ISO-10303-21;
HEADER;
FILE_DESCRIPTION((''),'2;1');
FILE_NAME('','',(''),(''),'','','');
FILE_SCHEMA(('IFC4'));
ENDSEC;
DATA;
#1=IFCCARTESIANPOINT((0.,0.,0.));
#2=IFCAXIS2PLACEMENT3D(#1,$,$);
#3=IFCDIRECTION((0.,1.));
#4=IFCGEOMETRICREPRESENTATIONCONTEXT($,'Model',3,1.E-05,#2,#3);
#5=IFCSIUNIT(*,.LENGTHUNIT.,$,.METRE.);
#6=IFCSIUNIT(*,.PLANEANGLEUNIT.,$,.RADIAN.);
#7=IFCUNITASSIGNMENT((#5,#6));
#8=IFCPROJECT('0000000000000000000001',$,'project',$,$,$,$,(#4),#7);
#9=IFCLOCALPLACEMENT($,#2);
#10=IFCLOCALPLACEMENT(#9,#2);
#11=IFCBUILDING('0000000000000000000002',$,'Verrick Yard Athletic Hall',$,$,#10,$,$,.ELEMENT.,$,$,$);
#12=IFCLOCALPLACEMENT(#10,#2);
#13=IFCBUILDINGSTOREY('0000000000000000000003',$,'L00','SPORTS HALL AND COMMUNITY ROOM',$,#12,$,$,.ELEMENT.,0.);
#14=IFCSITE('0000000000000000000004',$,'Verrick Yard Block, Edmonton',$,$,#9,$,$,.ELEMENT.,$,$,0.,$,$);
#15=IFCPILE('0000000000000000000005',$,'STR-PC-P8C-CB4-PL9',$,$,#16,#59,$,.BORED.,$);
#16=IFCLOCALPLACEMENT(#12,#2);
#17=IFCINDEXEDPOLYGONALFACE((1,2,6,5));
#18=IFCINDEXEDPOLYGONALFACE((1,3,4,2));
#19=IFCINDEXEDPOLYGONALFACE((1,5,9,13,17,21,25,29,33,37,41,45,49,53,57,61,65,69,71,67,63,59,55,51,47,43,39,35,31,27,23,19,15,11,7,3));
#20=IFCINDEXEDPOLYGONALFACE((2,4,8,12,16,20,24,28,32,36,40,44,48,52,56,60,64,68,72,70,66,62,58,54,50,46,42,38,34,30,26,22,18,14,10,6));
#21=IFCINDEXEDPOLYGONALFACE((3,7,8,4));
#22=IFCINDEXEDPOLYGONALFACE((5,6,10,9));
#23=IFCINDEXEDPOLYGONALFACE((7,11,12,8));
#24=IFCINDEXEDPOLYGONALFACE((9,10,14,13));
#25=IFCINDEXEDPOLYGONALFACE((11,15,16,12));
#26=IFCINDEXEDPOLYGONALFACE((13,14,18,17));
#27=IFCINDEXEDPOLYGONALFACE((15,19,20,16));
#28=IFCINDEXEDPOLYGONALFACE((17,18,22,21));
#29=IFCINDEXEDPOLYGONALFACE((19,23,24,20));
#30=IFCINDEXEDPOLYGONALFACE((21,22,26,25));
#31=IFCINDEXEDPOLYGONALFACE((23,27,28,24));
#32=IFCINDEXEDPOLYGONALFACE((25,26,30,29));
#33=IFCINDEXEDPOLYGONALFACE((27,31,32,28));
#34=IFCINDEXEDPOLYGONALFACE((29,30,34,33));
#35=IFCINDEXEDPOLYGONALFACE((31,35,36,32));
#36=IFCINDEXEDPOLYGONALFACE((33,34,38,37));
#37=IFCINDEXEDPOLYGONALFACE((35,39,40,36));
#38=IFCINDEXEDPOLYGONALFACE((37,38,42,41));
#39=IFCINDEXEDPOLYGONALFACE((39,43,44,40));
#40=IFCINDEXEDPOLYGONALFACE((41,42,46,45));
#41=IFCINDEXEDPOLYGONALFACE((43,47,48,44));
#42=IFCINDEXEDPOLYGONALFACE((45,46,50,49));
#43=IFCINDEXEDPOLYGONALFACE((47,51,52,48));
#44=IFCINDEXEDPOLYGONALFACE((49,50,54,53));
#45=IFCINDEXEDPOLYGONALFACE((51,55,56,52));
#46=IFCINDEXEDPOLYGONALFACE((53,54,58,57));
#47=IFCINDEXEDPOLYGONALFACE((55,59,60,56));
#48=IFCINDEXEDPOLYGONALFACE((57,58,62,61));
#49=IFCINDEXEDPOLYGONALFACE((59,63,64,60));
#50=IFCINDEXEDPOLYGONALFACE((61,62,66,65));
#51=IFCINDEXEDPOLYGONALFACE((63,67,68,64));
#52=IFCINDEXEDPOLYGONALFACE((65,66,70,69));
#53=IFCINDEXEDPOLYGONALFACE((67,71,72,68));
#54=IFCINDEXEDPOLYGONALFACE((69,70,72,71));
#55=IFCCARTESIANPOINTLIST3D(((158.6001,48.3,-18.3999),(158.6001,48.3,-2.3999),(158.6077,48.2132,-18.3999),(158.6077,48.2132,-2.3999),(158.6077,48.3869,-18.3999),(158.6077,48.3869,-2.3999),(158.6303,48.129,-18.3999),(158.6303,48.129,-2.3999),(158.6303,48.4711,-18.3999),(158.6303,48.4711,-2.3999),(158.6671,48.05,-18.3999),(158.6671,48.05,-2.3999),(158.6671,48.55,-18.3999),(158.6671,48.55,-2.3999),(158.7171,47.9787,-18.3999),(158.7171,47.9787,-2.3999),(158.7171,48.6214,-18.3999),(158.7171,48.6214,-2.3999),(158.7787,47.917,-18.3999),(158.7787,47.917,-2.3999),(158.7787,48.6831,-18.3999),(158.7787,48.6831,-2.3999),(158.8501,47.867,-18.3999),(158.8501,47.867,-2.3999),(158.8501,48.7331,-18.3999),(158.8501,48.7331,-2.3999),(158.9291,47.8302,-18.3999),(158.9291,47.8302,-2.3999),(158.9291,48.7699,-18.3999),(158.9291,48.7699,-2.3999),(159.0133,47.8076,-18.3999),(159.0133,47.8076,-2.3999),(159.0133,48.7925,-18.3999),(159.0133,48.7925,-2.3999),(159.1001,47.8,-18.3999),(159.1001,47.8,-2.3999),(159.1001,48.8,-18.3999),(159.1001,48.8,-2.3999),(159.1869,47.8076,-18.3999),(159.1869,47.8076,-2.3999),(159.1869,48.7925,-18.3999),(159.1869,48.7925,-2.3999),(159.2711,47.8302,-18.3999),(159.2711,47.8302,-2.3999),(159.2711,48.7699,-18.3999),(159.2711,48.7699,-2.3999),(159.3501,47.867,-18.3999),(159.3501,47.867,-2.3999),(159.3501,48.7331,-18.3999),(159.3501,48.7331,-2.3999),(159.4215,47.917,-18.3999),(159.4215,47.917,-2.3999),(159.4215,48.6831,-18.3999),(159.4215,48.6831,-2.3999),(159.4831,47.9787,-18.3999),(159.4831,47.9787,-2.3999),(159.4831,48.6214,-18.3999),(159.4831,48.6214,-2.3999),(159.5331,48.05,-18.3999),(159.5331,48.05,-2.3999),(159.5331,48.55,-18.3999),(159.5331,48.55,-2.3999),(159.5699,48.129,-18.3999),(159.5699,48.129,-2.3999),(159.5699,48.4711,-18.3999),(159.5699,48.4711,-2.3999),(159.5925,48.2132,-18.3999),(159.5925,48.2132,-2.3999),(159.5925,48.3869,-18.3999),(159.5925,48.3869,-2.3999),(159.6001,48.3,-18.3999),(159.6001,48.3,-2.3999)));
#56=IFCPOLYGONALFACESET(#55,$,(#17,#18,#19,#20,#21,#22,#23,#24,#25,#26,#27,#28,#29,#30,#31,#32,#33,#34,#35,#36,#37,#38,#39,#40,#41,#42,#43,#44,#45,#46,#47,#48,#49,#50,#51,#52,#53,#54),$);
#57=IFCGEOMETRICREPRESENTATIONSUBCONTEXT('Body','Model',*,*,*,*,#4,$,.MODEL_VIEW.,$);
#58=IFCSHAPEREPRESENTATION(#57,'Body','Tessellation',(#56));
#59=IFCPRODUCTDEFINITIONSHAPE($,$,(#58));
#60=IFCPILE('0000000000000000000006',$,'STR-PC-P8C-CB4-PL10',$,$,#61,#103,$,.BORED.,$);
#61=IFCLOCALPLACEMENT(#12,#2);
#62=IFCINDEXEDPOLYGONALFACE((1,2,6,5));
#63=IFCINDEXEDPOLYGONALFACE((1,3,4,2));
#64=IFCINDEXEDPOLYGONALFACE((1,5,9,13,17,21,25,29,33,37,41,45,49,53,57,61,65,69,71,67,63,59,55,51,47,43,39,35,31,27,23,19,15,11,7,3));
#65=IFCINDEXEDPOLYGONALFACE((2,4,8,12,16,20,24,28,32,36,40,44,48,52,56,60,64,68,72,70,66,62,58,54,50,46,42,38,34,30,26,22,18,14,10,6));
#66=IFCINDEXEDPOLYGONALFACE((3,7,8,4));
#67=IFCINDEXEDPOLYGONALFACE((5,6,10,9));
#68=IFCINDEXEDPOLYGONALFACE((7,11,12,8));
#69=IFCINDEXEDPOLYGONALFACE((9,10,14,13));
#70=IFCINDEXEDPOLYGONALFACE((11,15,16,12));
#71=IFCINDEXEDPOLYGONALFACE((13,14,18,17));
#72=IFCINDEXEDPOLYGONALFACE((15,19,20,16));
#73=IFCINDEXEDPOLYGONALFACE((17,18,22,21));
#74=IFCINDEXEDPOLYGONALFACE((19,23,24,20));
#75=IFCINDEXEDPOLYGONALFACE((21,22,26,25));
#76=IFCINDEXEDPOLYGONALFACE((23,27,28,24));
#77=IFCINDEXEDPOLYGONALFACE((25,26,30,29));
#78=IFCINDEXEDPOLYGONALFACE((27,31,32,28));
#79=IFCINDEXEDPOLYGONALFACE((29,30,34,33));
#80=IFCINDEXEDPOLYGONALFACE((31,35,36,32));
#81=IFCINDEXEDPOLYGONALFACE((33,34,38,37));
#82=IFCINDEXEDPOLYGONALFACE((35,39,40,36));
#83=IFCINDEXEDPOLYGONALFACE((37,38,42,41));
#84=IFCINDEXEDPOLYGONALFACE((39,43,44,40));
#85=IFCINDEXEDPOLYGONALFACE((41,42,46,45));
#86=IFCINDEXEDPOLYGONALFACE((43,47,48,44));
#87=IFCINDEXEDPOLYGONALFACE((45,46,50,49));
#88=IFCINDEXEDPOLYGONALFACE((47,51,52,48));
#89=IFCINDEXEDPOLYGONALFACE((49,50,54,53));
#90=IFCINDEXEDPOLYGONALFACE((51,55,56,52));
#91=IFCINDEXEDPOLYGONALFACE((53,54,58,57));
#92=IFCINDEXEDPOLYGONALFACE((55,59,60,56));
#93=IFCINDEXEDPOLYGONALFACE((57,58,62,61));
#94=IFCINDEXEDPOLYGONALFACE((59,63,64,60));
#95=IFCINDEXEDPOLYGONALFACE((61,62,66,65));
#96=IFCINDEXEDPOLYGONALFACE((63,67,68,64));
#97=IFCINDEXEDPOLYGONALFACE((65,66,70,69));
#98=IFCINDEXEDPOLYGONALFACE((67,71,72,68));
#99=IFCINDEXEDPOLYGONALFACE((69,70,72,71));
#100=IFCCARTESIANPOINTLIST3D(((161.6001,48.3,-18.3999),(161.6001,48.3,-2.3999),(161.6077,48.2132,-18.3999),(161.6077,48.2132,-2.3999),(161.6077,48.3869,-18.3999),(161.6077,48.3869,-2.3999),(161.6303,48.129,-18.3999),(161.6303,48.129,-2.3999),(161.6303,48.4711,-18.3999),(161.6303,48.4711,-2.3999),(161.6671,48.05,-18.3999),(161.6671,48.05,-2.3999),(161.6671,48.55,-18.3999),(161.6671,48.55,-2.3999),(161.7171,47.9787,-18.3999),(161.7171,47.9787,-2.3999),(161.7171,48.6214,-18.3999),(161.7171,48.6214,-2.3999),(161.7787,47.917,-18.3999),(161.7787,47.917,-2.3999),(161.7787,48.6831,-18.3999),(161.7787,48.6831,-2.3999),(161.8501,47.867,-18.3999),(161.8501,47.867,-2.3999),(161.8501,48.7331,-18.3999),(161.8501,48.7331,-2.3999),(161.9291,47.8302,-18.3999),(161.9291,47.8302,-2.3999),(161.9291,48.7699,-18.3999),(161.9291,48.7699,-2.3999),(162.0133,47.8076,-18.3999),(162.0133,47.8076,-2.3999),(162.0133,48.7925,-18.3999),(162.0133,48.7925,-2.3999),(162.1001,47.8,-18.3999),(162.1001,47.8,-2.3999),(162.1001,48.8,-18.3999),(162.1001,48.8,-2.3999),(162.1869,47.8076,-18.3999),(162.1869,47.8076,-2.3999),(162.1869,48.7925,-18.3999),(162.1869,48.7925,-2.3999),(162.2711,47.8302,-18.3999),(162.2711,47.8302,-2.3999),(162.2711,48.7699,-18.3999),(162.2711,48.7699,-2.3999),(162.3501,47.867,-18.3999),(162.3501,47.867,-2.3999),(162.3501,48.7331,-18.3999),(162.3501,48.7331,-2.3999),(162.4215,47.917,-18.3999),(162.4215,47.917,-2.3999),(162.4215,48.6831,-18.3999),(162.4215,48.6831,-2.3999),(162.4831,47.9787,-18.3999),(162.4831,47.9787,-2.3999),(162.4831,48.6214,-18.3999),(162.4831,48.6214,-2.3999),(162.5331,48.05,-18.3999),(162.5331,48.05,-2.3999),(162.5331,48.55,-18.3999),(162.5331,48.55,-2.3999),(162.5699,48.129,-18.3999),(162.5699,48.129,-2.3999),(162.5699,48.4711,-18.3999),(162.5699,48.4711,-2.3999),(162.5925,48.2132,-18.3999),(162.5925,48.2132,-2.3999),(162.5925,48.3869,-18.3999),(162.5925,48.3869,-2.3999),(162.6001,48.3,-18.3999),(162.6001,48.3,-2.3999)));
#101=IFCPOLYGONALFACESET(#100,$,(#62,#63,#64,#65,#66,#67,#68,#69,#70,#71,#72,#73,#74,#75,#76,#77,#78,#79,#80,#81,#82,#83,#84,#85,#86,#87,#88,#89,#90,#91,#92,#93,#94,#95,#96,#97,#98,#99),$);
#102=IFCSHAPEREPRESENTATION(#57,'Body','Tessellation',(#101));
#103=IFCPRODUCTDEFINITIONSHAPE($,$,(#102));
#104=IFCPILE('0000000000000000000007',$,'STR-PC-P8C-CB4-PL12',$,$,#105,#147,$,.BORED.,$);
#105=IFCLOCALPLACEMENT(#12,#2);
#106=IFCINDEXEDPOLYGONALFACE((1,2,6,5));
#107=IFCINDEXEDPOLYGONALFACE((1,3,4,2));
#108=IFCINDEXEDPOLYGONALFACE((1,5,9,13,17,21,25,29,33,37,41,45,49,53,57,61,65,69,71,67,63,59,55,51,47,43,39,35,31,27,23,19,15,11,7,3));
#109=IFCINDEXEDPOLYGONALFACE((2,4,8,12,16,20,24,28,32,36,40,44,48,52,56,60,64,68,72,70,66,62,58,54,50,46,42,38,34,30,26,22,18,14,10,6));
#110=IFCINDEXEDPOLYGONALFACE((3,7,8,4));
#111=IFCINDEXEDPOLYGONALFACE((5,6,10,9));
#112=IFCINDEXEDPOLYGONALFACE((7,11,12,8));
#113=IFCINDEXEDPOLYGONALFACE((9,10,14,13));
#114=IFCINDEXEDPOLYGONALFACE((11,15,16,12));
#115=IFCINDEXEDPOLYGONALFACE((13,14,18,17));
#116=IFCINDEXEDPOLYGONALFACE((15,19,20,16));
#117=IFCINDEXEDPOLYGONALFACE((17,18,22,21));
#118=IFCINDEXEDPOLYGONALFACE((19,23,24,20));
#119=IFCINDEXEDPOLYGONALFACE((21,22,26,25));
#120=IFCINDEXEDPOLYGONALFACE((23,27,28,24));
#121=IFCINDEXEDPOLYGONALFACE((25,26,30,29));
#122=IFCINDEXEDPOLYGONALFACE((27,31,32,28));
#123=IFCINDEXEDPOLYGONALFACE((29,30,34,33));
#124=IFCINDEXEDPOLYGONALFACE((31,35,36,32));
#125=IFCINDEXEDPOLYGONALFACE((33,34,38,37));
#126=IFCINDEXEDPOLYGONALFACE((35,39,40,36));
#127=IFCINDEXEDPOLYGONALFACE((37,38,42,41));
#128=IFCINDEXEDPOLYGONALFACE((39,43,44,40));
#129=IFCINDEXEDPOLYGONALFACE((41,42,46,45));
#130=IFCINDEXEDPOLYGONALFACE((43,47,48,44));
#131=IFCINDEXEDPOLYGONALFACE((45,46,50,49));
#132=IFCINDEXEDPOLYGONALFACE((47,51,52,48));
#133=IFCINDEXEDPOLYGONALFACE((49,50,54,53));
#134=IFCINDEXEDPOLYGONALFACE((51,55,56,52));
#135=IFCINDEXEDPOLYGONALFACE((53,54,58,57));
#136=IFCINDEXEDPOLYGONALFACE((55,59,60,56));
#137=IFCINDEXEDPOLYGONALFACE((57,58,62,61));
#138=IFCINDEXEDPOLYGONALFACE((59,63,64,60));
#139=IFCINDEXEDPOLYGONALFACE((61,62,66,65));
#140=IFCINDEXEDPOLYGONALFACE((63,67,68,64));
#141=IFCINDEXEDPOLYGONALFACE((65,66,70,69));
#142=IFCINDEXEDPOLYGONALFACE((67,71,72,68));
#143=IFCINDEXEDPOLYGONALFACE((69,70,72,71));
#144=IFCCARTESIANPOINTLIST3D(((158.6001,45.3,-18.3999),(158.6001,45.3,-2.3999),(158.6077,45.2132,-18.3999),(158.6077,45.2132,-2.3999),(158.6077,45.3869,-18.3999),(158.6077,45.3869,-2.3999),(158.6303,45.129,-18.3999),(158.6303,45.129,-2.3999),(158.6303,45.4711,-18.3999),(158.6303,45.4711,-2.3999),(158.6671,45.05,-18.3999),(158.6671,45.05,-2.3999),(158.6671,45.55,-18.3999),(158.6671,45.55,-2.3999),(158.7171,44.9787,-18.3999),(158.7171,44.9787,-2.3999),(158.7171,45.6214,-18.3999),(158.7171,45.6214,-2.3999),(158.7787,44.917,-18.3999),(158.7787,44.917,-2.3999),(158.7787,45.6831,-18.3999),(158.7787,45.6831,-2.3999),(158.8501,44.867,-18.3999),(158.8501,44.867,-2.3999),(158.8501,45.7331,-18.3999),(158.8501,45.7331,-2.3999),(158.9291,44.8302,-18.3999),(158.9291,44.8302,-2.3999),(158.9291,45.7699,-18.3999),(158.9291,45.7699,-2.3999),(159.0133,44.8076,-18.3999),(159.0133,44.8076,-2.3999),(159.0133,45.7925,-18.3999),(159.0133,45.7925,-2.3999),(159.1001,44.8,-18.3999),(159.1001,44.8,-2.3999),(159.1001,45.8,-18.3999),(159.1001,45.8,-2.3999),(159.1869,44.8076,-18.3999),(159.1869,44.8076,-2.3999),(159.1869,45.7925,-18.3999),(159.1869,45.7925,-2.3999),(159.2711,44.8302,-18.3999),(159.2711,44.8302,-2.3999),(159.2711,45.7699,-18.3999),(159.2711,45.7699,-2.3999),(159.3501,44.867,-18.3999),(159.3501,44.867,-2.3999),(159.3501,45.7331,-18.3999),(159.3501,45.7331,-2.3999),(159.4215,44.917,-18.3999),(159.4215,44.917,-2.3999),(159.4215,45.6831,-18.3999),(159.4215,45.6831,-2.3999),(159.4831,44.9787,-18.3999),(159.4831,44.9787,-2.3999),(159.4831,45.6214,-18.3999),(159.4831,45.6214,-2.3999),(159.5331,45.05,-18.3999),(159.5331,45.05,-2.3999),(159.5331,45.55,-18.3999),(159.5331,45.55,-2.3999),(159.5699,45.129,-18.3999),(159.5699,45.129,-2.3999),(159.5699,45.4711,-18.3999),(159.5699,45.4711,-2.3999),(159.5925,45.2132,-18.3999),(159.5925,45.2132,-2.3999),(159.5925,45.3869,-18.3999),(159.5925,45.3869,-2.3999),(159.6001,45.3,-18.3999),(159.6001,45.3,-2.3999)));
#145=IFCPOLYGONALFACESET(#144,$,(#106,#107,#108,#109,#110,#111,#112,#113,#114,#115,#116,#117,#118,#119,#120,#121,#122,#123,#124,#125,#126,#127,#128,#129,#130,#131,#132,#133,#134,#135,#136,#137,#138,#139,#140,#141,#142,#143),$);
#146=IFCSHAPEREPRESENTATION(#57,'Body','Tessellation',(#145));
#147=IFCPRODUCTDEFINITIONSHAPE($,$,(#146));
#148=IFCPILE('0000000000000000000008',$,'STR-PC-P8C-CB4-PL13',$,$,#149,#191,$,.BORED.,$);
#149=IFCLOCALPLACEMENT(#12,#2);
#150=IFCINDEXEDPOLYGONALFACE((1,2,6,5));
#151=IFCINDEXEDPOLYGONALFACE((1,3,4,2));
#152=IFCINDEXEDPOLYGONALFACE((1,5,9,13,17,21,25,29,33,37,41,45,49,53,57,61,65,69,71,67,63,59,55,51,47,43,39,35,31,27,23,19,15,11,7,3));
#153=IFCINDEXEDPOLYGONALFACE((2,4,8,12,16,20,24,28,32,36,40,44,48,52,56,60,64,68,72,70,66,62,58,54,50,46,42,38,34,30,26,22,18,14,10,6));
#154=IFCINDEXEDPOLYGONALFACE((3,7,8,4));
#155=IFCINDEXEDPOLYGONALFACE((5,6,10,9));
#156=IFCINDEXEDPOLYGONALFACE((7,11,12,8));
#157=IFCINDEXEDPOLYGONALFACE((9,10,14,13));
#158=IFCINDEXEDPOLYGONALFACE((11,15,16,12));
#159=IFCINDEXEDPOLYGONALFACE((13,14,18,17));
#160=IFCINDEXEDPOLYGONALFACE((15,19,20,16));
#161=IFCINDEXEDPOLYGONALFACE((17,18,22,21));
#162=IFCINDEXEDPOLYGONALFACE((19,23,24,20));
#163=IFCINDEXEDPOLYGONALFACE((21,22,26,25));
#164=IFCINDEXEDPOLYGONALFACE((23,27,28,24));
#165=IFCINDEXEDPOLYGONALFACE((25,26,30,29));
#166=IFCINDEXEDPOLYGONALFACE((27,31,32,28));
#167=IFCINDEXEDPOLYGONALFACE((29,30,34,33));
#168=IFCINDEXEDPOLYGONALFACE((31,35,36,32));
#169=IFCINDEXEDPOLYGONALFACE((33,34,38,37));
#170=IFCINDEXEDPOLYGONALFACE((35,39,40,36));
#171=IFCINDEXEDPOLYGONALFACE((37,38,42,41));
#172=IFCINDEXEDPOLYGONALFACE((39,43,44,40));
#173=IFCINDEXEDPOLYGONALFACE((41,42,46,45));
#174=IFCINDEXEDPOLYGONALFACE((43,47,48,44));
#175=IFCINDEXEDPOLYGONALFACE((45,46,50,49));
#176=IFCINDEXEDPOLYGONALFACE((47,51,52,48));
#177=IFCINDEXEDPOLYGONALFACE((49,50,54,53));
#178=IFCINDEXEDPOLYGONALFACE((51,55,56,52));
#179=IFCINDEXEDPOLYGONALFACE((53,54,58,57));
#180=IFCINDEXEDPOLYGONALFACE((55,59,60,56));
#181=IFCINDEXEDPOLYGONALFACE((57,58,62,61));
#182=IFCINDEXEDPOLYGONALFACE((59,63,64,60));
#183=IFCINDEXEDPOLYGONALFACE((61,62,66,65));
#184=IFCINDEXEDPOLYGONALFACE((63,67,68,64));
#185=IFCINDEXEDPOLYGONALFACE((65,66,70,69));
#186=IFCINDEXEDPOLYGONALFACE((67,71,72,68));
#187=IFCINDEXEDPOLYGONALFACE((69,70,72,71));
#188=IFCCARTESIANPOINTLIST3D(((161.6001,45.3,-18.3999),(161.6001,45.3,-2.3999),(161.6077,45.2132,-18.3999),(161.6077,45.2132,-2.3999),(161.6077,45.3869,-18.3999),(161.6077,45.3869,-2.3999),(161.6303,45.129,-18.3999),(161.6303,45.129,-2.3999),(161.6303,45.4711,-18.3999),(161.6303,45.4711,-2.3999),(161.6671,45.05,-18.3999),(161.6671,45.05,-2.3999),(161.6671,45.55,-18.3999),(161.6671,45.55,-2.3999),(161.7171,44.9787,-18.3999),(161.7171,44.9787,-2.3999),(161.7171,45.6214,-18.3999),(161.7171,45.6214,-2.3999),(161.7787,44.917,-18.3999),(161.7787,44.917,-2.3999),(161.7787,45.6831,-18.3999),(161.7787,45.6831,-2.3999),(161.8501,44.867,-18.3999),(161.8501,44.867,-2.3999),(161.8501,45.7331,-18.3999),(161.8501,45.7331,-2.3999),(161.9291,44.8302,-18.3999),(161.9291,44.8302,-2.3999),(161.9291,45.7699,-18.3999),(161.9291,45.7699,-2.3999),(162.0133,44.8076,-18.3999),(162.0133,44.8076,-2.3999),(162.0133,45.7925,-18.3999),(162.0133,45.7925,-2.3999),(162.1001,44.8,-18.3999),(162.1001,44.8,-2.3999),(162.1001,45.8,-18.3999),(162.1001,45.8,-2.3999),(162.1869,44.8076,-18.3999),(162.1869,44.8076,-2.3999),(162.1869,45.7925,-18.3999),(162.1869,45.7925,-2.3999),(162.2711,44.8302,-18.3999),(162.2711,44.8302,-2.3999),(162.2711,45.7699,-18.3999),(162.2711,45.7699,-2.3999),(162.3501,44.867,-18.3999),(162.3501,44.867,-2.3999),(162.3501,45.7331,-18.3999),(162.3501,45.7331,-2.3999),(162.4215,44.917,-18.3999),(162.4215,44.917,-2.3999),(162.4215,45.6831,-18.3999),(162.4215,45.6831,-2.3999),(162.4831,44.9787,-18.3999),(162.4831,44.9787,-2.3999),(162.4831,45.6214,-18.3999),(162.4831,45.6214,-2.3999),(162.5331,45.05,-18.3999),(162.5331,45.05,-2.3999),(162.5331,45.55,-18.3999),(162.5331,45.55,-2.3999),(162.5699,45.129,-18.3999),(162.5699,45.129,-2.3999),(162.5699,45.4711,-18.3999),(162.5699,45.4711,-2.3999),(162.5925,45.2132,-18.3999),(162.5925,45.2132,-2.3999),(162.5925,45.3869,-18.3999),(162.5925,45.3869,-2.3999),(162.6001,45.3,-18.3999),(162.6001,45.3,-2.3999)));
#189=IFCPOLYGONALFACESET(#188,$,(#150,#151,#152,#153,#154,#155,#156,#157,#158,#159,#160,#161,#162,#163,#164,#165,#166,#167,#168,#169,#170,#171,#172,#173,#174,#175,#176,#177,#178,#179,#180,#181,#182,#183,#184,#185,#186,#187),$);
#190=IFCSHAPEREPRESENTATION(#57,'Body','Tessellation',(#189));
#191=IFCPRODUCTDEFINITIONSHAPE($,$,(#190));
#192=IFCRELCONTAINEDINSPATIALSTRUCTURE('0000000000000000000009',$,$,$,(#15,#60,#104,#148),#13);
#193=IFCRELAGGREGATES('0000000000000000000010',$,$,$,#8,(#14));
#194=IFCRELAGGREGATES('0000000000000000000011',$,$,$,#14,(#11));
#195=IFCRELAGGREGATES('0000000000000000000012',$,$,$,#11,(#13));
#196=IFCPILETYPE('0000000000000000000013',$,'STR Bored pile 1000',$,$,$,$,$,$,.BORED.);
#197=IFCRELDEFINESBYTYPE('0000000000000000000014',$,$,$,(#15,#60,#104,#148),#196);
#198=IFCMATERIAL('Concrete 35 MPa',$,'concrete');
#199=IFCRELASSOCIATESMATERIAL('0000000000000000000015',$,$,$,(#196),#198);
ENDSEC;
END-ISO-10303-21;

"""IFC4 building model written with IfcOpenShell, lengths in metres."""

from ifc_helpers import new_model, si_unit, direction, frame, origin, origin_2d, place, context, subcontext, project, spatial, circle, extrude, material, type_object, element, save


model = new_model("IFC4")

# Units and contexts
model_context = context("Model", 3, precision=1e-05, world=origin(), true_north=direction((0.0, 1.0)))
body_context = subcontext(model_context, "Body", "Model", "MODEL_VIEW")
ifc_project = project(units=[si_unit("LENGTHUNIT", "METRE"), si_unit("PLANEANGLEUNIT", "RADIAN")], contexts=[model_context])

# Site, building, storey
site_placement = place(None, origin())
site = spatial("IfcSite", under=ifc_project, at=site_placement, Name="Verrick Yard Block, Edmonton", CompositionType="ELEMENT", RefElevation=0.0)
building_placement = place(site_placement, origin())
building = spatial("IfcBuilding", under=site, at=building_placement, Name="Verrick Yard Athletic Hall", CompositionType="ELEMENT")
storey_placement = place(building_placement, origin())
storey = spatial("IfcBuildingStorey", under=building, at=storey_placement, Name="L00", Description="SPORTS HALL AND COMMUNITY ROOM", CompositionType="ELEMENT", Elevation=0.0)

# Piles
ifc_material_1 = material(Name="Concrete 35 MPa", Category="concrete")
pile_type = type_object("IfcPileType", Name="STR Bored pile 1000", PredefinedType="BORED", material=ifc_material_1)
for number, where, z_axis, x_axis, name in (
    (1, (159.1001, 48.3, -2.3999), (0.0, 0.0, -1.0), (1.0, 0.0, 0.0), "STR-PC-P8C-CB4-PL9"),
    (2, (162.1001, 48.3, -2.3999), (0.0, 0.0, -1.0), (1.0, 0.0, 0.0), "STR-PC-P8C-CB4-PL10"),
    (3, (159.1001, 45.3, -2.3999), (0.0, 0.0, -1.0), (1.0, 0.0, 0.0), "STR-PC-P8C-CB4-PL12"),
    (4, (162.1001, 45.3, -2.3999), (0.0, 0.0, -1.0), (1.0, 0.0, 0.0), "STR-PC-P8C-CB4-PL13"),
):
    element("IfcPile", number, at=place(storey_placement, frame(where, z_axis=z_axis, x_axis=x_axis)), inside=storey, type_object=pile_type, Name=name, PredefinedType="BORED", context=body_context, shape_type="SweptSolid", body=[
        extrude(circle(Radius=0.5, at=origin_2d()), origin(), (0.0, 0.0, 1.0), 16.0),
    ])

save(model, "model.ifc")
